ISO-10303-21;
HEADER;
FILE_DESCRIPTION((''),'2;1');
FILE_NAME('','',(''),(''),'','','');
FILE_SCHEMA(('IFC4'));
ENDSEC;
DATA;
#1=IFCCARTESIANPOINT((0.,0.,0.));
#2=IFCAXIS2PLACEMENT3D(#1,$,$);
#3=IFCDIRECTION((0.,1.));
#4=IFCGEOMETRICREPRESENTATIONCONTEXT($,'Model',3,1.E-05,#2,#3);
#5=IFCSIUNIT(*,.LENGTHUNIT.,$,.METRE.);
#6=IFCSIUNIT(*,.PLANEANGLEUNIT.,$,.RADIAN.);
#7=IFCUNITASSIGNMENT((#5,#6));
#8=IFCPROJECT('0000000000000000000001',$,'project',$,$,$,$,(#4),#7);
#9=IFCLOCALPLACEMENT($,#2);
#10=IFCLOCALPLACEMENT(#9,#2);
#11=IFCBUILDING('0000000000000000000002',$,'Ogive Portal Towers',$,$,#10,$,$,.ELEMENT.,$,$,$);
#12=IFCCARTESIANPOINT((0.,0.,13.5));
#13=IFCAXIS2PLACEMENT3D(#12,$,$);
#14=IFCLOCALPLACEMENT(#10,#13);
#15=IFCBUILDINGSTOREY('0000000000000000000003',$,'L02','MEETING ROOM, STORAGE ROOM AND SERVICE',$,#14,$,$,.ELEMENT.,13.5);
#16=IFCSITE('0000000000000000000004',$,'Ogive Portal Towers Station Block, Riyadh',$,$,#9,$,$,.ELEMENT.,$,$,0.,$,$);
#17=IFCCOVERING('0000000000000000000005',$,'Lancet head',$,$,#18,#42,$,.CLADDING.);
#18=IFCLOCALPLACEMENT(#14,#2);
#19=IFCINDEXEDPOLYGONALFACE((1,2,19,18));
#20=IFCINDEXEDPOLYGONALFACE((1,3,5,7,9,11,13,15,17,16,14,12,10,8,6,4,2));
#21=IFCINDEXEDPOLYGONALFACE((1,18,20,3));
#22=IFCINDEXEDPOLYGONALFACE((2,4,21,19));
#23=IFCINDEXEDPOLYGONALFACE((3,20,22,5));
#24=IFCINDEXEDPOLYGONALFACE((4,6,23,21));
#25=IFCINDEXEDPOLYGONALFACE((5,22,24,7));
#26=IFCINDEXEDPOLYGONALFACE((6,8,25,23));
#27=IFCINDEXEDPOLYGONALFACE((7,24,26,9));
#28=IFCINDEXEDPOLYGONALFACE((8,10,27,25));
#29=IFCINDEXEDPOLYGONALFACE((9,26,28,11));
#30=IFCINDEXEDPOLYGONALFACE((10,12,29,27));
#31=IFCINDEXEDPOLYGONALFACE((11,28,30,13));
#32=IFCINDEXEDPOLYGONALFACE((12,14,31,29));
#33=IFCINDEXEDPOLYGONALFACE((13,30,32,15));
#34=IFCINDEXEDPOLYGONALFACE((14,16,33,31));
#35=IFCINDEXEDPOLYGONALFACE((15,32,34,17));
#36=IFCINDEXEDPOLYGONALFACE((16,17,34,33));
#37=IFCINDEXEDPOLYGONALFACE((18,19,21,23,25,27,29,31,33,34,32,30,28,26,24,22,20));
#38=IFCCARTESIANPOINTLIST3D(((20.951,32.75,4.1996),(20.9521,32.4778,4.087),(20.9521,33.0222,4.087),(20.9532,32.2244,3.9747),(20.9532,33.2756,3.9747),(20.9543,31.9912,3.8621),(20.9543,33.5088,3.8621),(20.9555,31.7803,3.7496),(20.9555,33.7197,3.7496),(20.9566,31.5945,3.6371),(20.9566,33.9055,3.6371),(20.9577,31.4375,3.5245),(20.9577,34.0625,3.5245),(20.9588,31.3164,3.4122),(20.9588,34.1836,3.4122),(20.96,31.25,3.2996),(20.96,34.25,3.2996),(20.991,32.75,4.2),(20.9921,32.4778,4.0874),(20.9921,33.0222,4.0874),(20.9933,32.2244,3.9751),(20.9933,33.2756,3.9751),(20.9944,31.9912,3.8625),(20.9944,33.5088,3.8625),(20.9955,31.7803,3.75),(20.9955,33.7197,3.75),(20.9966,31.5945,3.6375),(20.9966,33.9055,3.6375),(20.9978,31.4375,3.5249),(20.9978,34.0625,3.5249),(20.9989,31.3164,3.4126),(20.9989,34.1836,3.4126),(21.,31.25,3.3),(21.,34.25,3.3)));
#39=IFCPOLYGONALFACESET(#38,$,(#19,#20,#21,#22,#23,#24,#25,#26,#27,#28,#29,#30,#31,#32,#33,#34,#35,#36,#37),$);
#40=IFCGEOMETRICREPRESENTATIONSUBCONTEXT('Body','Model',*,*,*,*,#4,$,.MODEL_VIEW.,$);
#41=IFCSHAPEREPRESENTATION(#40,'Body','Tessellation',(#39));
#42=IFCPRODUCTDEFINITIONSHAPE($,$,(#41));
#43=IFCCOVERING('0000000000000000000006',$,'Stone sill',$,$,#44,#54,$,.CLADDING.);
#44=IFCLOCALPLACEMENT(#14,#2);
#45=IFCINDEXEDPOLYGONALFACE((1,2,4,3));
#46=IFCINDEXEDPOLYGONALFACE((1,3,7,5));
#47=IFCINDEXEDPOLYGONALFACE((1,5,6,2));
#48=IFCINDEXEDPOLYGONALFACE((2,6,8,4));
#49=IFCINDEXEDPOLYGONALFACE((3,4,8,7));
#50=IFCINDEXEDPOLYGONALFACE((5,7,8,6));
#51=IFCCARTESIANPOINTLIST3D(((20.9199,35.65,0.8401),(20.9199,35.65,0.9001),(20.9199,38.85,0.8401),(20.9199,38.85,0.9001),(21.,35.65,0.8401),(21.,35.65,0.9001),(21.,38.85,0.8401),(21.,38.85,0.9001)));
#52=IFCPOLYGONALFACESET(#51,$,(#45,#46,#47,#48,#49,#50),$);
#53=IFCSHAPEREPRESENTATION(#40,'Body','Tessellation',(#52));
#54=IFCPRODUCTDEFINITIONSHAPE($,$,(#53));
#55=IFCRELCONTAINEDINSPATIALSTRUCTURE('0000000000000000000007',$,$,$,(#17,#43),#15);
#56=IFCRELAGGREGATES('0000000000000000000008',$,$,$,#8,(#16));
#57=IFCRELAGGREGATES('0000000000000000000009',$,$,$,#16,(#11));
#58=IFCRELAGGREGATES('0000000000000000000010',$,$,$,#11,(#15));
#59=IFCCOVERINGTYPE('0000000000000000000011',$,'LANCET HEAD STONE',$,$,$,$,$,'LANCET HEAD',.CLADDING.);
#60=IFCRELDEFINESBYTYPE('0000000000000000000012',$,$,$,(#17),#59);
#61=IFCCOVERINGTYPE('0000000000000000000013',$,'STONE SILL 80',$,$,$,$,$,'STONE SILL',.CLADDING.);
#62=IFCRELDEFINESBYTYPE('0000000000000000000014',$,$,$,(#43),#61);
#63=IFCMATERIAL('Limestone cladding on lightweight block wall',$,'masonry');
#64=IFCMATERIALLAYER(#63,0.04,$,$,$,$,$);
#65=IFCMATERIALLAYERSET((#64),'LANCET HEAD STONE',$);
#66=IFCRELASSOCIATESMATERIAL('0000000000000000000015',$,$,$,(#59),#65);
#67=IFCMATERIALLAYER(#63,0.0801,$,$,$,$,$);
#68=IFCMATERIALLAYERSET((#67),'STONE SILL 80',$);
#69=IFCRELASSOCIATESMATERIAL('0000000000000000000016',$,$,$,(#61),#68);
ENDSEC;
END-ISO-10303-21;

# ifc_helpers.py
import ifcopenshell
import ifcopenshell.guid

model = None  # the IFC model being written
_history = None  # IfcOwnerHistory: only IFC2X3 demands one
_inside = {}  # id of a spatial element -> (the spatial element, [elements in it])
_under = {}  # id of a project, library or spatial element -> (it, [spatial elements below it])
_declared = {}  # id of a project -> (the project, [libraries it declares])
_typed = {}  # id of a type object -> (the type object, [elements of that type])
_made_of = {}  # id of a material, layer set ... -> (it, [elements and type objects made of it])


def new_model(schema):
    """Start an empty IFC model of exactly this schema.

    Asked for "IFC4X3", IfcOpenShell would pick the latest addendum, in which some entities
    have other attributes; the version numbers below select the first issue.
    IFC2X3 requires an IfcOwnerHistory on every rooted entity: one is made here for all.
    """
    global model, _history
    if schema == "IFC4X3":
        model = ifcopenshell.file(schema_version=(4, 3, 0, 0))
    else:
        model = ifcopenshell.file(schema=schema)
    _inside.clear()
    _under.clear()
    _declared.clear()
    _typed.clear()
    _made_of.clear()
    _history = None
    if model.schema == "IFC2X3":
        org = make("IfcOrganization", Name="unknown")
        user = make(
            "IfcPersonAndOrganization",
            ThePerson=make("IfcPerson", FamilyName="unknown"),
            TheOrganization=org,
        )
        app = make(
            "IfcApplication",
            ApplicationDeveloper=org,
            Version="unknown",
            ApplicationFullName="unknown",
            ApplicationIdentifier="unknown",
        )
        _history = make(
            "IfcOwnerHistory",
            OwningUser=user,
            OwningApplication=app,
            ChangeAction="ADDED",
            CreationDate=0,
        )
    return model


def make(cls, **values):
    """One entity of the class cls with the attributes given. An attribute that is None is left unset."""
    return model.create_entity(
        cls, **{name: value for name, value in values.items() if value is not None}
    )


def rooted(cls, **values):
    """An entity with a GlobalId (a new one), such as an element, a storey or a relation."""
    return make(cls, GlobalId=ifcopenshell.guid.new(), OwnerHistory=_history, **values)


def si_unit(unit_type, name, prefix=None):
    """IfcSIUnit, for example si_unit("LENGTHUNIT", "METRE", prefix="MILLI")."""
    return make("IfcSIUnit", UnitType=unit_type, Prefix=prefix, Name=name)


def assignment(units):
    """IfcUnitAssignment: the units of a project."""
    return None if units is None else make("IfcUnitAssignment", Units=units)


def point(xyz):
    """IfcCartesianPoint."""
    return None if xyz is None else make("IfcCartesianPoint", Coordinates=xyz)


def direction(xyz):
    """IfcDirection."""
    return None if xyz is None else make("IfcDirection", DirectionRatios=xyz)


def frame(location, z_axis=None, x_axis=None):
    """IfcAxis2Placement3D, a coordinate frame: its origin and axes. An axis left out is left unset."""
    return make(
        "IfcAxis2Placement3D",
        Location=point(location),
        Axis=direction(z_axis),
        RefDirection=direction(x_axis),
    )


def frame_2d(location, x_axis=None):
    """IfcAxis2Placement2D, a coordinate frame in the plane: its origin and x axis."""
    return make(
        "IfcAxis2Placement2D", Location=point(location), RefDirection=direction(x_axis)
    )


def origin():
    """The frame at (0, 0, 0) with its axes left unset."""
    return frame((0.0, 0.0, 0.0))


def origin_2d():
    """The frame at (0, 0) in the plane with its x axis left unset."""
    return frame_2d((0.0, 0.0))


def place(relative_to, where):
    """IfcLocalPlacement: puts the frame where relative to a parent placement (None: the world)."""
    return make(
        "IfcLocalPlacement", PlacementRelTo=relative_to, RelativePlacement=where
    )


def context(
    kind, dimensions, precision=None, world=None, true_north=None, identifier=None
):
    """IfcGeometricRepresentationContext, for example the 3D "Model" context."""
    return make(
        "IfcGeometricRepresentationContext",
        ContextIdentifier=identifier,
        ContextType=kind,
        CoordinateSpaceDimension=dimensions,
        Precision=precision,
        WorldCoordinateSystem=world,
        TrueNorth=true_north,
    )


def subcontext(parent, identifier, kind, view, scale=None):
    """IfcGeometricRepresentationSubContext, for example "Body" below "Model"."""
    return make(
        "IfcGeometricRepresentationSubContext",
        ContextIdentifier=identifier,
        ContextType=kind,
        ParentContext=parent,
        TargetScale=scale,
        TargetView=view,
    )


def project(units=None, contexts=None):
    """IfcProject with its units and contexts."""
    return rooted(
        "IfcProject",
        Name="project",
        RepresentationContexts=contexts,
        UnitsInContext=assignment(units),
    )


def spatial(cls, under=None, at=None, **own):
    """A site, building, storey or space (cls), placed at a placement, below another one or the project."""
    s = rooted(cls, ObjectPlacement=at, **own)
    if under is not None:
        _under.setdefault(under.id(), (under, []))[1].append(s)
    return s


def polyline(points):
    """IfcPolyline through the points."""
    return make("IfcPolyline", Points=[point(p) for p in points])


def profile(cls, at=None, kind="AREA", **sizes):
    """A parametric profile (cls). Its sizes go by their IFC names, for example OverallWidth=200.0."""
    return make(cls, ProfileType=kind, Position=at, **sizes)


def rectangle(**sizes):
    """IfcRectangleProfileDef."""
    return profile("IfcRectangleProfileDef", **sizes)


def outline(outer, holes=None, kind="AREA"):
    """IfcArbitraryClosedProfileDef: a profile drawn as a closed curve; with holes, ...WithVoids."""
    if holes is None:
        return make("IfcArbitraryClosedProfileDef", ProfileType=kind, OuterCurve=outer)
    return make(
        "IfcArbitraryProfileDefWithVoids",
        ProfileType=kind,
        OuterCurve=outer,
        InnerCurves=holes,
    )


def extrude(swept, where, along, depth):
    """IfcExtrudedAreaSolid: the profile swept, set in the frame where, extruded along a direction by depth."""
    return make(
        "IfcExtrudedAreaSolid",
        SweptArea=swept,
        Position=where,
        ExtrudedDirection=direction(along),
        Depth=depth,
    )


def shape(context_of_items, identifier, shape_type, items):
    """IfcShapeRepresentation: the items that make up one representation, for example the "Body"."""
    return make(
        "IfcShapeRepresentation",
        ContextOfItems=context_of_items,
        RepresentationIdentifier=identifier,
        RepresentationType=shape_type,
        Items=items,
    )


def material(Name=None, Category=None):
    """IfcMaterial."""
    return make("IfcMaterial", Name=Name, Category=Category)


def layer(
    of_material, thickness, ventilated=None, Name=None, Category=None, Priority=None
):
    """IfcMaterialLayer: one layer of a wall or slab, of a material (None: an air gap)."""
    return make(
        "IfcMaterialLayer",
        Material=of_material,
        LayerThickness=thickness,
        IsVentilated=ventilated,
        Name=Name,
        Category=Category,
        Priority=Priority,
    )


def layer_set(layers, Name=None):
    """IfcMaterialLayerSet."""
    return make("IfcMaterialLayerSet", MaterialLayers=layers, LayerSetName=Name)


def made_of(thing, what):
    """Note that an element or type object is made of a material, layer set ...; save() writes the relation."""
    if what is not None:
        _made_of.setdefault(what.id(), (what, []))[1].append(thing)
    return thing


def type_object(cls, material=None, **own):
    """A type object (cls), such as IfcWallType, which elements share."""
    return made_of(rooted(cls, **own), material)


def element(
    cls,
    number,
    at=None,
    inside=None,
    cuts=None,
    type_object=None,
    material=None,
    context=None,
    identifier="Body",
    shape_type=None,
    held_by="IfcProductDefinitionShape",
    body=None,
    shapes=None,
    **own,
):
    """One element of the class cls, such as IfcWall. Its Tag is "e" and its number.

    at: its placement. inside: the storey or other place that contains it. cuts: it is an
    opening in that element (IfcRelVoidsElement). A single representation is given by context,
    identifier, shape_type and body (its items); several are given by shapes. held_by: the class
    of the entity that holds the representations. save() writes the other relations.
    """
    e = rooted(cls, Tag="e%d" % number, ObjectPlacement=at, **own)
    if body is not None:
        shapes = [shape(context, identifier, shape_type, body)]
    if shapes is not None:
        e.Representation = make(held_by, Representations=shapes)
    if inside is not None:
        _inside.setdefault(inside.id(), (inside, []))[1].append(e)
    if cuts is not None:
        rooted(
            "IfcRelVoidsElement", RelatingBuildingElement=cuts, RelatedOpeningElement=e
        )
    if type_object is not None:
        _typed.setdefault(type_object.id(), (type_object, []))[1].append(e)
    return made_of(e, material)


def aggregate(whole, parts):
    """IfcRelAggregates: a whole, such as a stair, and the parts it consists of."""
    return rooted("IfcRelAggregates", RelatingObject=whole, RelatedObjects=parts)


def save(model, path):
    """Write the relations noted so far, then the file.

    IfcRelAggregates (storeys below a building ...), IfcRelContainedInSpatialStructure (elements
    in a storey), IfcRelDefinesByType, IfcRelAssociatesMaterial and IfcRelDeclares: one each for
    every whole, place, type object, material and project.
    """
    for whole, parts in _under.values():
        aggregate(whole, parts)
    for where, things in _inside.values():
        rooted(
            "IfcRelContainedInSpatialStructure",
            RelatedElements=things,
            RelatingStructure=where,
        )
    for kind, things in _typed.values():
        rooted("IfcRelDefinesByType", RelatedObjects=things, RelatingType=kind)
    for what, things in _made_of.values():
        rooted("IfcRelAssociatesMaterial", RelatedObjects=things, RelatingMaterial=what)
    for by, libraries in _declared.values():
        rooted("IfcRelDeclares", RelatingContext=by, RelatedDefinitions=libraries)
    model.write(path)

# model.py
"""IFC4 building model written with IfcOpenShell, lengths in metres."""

from ifc_helpers import new_model, si_unit, direction, frame, origin, origin_2d, place, context, subcontext, project, spatial, polyline, rectangle, outline, extrude, material, layer, layer_set, type_object, element, save


model = new_model("IFC4")

# Units and contexts
model_context = context("Model", 3, precision=1e-05, world=origin(), true_north=direction((0.0, 1.0)))
body_context = subcontext(model_context, "Body", "Model", "MODEL_VIEW")
ifc_project = project(units=[si_unit("LENGTHUNIT", "METRE"), si_unit("PLANEANGLEUNIT", "RADIAN")], contexts=[model_context])

# Site, building, storey
site_placement = place(None, origin())
site = spatial("IfcSite", under=ifc_project, at=site_placement, Name="Ogive Portal Towers Station Block, Riyadh", CompositionType="ELEMENT", RefElevation=0.0)
building_placement = place(site_placement, origin())
building = spatial("IfcBuilding", under=site, at=building_placement, Name="Ogive Portal Towers", CompositionType="ELEMENT")
storey_placement = place(building_placement, frame((0.0, 0.0, 13.5)))
storey = spatial("IfcBuildingStorey", under=building, at=storey_placement, Name="L02", Description="MEETING ROOM, STORAGE ROOM AND SERVICE", CompositionType="ELEMENT", Elevation=13.5)

# Coverings
ifc_material_1 = material(Name="Limestone cladding on lightweight block wall", Category="masonry")
ifc_layer_1 = layer(ifc_material_1, 0.04)
ifc_layer_set_1 = layer_set([ifc_layer_1], Name="LANCET HEAD STONE")
covering_type_1 = type_object("IfcCoveringType", Name="LANCET HEAD STONE", ElementType="LANCET HEAD", PredefinedType="CLADDING", material=ifc_layer_set_1)
for number, where, z_axis, x_axis, name in (
    (1, (21.0, 34.25, 3.3), (0.99995, 0.0, 0.009994), (0.0, -1.0, 0.0), "Lancet head"),
):
    element("IfcCovering", number, at=place(storey_placement, frame(where, z_axis=z_axis, x_axis=x_axis)), inside=storey, type_object=covering_type_1, Name=name, PredefinedType="CLADDING", context=body_context, shape_type="SweptSolid", body=[
        extrude(outline(polyline([(0.0, 0.0), (3.0, 0.0), (2.9336, -0.1126), (2.8125, -0.2249), (2.6555, -0.3374), (2.4697, -0.45), (2.2588, -0.5625), (2.0256, -0.6751), (1.7722, -0.7874), (1.5, -0.8999), (1.2278, -0.7874), (0.9744, -0.6751), (0.7412, -0.5625), (0.5303, -0.45), (0.3445, -0.3374), (0.1875, -0.2249), (0.0664, -0.1126), (0.0, 0.0)])), origin(), (0.0, 0.0, -1.0), 0.04),
    ])
ifc_layer_2 = layer(ifc_material_1, 0.0801)
ifc_layer_set_2 = layer_set([ifc_layer_2], Name="STONE SILL 80")
covering_type_2 = type_object("IfcCoveringType", Name="STONE SILL 80", ElementType="STONE SILL", PredefinedType="CLADDING", material=ifc_layer_set_2)
covering_placement = place(storey_placement, frame((20.96, 37.25, 0.8401), z_axis=(0.0, 0.0, 1.0), x_axis=(0.0, -1.0, 0.0)))
element("IfcCovering", 2, at=covering_placement, inside=storey, type_object=covering_type_2, Name="Stone sill", PredefinedType="CLADDING", context=body_context, shape_type="SweptSolid", body=[
    extrude(rectangle(XDim=3.2, YDim=0.0801, at=origin_2d()), origin(), (0.0, 0.0, 1.0), 0.0601),
])

save(model, "model.ifc")
